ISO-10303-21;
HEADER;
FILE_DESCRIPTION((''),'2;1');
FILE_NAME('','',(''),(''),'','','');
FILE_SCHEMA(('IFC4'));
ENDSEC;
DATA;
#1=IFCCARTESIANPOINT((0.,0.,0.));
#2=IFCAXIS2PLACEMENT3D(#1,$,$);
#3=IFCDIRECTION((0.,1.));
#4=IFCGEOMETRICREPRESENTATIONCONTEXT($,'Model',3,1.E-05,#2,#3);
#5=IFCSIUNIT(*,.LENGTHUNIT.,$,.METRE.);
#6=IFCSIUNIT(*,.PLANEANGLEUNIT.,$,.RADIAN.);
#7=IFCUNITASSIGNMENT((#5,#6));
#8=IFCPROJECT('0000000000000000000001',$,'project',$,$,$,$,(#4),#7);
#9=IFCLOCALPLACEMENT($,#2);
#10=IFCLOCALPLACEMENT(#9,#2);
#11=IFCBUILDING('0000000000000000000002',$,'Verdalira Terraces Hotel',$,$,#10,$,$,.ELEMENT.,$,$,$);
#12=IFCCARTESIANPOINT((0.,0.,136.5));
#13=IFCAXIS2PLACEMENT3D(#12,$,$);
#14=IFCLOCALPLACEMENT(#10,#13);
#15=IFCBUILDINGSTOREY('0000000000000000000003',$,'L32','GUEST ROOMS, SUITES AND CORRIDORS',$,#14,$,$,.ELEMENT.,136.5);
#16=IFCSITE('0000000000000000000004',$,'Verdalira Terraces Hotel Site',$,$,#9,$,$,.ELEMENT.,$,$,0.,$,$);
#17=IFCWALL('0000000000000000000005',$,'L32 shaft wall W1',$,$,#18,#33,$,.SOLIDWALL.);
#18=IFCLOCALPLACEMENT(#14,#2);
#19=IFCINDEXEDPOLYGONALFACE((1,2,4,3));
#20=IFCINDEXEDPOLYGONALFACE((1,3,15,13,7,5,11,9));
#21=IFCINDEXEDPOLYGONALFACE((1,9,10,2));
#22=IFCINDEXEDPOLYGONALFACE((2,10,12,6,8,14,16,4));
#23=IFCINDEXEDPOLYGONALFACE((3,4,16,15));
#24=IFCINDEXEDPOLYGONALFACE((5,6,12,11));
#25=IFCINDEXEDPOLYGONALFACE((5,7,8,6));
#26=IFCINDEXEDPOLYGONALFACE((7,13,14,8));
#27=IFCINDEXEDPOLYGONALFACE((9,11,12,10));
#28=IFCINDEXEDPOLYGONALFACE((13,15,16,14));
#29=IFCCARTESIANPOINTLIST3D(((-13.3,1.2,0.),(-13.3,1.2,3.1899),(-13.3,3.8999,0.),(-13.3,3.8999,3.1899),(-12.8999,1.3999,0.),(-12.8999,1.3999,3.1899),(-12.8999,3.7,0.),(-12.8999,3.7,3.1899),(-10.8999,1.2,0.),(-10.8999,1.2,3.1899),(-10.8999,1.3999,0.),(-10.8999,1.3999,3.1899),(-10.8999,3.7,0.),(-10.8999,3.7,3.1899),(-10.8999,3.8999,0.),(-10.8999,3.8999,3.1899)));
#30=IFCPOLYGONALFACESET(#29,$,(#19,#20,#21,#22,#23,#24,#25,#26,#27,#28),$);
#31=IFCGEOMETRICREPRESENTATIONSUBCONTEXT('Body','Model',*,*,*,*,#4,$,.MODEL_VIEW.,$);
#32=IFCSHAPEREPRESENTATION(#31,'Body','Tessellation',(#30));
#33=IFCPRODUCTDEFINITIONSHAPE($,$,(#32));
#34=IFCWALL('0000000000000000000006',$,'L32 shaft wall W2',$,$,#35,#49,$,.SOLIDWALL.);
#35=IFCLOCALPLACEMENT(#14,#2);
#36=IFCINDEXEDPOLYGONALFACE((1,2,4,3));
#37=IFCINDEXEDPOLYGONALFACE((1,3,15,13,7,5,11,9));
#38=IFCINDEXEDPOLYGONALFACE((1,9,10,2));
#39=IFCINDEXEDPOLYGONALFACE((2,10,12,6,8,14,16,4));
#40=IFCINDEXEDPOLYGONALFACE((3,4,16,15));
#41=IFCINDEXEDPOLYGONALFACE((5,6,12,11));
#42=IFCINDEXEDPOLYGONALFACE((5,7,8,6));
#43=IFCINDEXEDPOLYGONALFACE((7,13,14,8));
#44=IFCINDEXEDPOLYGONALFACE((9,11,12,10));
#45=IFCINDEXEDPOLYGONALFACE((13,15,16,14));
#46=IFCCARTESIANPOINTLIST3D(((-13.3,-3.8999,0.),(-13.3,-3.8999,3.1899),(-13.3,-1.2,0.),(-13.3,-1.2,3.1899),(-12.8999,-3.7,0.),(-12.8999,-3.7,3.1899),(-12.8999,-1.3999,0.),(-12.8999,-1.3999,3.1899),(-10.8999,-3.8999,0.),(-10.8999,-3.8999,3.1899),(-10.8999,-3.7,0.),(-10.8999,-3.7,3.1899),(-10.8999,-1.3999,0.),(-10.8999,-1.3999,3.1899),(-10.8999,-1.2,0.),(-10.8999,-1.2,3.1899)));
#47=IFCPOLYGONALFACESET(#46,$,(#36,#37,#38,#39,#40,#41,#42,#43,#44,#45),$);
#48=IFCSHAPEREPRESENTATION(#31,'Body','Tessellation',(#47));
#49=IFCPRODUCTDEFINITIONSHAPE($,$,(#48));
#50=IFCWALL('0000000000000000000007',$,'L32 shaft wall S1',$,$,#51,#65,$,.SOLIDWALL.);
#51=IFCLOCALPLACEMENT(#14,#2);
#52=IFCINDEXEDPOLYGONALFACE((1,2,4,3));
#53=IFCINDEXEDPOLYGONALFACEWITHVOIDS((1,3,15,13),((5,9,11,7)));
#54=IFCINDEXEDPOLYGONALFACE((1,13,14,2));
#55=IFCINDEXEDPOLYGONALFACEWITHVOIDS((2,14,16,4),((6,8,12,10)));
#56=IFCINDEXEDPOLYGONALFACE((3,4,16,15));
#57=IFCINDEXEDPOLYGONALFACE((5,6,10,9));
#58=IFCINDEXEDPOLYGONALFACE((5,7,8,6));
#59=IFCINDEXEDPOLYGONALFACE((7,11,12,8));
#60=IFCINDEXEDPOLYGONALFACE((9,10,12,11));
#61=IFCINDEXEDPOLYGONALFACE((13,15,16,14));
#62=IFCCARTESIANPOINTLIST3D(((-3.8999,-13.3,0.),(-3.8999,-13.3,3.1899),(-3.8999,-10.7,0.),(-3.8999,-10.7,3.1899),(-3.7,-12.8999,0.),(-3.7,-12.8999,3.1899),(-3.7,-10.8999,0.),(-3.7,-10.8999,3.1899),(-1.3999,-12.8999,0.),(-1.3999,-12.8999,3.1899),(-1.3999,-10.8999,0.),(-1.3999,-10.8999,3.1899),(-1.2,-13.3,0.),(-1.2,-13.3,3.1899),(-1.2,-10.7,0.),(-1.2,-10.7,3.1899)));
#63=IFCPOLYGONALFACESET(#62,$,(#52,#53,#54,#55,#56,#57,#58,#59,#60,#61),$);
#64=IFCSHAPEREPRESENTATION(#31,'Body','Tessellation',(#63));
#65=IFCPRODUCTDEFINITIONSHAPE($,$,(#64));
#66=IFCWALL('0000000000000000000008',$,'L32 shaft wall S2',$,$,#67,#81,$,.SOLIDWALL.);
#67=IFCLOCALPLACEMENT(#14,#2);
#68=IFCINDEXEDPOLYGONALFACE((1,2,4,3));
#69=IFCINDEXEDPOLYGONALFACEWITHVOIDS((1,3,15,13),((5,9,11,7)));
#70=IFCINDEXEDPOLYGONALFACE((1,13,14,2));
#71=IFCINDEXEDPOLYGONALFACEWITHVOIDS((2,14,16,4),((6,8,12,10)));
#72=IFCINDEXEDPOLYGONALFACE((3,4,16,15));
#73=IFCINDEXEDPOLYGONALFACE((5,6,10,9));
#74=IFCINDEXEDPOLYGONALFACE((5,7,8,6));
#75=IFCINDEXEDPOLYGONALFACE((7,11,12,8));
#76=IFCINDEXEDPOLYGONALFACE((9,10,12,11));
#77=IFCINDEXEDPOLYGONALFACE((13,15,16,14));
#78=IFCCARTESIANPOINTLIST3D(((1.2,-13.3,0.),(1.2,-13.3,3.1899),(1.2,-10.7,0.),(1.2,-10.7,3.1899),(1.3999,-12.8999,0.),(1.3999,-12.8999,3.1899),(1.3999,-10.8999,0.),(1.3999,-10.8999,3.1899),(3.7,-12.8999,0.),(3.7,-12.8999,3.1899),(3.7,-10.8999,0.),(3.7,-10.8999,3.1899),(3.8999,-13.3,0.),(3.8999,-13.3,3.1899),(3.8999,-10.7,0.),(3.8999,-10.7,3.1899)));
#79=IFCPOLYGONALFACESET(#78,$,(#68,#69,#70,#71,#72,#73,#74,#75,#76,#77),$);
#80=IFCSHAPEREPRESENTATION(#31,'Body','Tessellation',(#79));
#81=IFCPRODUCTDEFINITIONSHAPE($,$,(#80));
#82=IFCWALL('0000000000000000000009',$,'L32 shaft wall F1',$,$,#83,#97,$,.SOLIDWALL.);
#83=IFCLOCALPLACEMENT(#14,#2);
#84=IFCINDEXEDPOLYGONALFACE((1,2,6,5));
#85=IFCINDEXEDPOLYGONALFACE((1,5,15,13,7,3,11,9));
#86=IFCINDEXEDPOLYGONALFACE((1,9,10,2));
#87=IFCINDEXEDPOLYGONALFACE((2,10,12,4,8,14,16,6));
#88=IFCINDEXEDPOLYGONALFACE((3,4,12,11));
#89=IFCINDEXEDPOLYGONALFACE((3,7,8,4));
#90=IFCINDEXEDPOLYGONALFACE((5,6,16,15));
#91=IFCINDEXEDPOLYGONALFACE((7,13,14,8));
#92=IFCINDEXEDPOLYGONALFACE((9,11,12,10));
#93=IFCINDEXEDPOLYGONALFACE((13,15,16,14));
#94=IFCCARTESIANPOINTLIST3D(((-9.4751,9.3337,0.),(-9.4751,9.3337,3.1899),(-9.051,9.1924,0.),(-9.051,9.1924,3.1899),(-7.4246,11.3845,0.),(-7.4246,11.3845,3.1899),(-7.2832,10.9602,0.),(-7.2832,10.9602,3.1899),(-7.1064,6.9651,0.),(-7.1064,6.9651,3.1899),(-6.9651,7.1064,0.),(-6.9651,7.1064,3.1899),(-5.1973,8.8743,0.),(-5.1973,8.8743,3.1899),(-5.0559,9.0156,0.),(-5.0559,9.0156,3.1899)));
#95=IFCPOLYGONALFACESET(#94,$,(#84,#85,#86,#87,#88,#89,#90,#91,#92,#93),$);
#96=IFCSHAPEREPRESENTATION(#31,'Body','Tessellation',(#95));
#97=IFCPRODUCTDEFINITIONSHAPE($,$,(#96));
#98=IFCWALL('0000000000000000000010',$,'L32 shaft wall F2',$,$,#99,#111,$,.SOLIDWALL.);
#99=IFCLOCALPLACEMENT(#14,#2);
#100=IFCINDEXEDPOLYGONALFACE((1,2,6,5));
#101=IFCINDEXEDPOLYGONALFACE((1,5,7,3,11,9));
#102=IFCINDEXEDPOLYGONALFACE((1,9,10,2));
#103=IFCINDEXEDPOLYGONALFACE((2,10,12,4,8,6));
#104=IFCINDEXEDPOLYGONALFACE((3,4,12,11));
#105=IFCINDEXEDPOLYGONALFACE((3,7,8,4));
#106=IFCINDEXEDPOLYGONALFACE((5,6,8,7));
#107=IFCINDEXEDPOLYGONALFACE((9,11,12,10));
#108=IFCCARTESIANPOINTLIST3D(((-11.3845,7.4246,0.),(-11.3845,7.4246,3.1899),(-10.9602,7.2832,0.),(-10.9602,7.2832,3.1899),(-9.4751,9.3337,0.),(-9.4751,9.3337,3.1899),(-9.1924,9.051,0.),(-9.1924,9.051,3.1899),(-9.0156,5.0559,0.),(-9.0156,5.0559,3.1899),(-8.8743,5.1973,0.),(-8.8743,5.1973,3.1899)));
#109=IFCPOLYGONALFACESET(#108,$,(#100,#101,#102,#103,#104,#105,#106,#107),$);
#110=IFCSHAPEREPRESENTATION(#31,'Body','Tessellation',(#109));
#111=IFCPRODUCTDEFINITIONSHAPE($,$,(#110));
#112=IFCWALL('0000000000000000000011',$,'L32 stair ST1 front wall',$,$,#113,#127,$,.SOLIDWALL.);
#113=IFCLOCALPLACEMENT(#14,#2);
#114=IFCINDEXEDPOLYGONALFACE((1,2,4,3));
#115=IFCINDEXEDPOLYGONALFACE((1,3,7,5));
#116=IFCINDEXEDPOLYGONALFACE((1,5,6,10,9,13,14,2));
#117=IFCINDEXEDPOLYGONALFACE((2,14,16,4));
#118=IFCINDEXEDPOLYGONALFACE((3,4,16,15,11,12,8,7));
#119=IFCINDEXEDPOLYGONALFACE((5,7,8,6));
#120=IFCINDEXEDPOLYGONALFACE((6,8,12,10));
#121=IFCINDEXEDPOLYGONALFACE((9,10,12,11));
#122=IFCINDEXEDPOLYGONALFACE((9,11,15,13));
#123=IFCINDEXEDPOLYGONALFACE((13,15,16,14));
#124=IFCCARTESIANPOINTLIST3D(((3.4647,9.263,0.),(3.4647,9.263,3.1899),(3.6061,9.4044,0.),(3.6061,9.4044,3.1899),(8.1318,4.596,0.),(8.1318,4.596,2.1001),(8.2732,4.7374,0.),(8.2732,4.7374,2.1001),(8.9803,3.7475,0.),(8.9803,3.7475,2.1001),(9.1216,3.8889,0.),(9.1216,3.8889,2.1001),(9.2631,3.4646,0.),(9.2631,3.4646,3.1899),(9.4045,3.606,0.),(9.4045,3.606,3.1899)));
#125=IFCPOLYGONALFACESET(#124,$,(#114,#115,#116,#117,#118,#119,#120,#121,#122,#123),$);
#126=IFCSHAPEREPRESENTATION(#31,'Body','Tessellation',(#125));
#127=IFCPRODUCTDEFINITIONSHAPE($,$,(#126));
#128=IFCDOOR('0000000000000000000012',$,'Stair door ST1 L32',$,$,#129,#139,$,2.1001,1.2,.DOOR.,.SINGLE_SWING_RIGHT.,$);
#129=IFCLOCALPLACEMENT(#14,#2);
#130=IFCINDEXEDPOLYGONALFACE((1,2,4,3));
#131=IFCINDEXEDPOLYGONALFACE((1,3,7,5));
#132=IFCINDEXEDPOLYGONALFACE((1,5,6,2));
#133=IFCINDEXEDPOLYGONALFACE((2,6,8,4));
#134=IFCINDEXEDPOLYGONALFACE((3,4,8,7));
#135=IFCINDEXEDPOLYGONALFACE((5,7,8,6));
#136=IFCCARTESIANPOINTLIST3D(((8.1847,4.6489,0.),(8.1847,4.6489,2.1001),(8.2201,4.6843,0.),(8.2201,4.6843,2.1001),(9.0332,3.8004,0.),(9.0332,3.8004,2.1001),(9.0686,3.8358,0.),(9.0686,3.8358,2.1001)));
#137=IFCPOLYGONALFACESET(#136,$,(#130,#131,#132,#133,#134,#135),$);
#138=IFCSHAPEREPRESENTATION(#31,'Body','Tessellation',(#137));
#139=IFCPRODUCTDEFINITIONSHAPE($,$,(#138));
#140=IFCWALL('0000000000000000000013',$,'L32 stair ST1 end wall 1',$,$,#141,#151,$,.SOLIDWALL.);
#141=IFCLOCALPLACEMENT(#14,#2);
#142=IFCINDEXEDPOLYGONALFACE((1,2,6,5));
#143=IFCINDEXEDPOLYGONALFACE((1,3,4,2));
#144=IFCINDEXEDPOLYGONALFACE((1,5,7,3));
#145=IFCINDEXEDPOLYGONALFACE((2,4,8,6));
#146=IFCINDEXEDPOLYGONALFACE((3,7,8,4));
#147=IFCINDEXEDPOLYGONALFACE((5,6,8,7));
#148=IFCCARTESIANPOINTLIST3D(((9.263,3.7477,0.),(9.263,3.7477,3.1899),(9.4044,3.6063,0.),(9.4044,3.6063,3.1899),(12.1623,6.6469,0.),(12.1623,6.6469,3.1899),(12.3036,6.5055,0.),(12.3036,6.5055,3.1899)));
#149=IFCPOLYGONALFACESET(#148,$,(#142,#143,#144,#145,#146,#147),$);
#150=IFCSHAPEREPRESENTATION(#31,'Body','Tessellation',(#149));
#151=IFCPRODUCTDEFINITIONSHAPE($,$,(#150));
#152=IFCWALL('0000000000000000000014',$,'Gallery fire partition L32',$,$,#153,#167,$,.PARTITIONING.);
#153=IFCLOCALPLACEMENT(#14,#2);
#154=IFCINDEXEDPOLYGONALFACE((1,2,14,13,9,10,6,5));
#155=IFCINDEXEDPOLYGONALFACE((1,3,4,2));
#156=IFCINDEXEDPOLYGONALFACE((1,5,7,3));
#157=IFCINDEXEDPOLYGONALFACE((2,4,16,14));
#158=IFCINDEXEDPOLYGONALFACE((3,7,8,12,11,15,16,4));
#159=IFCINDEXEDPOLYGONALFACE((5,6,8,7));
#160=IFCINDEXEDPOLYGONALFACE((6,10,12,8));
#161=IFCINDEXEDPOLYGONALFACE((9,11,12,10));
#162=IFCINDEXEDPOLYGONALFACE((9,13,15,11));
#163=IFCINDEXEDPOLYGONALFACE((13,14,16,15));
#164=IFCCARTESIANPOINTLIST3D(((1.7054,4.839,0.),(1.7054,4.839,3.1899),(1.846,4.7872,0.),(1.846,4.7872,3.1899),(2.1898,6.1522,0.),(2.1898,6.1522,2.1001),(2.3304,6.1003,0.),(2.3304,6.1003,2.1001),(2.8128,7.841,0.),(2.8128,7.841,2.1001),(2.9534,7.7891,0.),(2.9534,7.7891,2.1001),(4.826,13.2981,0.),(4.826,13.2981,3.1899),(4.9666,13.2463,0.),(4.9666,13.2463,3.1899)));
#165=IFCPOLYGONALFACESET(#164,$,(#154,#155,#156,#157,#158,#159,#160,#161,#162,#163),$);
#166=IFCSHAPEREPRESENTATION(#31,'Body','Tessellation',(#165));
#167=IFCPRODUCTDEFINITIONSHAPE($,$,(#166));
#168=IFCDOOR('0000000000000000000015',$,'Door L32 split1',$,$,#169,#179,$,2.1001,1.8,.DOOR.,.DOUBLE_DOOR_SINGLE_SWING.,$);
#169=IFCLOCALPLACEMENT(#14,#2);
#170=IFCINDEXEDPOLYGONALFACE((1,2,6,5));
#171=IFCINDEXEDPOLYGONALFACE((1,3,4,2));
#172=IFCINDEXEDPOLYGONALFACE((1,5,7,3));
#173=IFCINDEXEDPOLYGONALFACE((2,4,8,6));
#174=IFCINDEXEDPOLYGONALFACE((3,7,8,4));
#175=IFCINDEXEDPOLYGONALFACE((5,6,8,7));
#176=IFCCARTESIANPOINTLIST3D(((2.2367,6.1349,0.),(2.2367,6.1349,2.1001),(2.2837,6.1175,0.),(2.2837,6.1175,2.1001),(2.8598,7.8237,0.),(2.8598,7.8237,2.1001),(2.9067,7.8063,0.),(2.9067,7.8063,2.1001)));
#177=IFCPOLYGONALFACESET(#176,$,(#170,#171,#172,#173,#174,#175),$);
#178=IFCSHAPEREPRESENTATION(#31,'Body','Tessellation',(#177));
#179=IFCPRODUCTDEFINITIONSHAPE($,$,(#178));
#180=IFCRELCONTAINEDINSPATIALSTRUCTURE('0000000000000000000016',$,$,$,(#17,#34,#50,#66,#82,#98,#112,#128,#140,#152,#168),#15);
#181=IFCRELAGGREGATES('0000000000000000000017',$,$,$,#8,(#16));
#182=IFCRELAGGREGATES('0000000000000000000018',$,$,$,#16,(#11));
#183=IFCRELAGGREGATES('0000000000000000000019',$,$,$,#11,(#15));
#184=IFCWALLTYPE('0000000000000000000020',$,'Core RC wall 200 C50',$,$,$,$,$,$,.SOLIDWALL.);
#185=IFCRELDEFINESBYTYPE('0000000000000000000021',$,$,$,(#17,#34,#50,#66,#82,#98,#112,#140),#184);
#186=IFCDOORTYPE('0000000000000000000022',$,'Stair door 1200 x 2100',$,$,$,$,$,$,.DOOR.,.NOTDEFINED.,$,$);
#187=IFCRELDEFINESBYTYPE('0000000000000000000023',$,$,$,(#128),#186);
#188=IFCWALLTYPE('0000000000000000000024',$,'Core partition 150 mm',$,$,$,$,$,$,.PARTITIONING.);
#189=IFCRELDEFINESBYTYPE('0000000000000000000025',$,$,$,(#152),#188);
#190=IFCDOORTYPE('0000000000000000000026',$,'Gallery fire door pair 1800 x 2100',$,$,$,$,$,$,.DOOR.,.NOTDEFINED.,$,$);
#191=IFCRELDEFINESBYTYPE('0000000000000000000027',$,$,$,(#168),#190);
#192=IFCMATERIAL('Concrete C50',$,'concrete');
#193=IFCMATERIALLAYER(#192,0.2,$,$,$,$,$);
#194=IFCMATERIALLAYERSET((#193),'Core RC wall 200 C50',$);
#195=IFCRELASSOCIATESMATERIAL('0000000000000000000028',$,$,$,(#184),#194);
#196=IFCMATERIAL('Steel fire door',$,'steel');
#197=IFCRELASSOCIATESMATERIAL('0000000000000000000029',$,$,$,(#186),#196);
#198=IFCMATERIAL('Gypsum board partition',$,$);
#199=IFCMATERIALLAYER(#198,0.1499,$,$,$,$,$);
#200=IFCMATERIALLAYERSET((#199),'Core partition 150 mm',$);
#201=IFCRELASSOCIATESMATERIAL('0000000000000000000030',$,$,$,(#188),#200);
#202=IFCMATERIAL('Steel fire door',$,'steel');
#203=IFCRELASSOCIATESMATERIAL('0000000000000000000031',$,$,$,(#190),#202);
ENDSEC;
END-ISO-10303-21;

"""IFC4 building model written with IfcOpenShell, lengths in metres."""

from ifc_helpers import new_model, si_unit, direction, frame, frame_2d, origin, place, context, subcontext, project, spatial, polyline, rectangle, outline, extrude, material, layer, layer_set, type_object, element, fill, save


model = new_model("IFC4")

# Units and contexts
model_context = context("Model", 3, precision=1e-05, world=origin(), true_north=direction((0.0, 1.0)))
body_context = subcontext(model_context, "Body", "Model", "MODEL_VIEW")
ifc_project = project(units=[si_unit("LENGTHUNIT", "METRE"), si_unit("PLANEANGLEUNIT", "RADIAN")], contexts=[model_context])

# Site, building, storey
site_placement = place(None, origin())
site = spatial("IfcSite", under=ifc_project, at=site_placement, Name="Verdalira Terraces Hotel Site", CompositionType="ELEMENT", RefElevation=0.0)
building_placement = place(site_placement, origin())
building = spatial("IfcBuilding", under=site, at=building_placement, Name="Verdalira Terraces Hotel", CompositionType="ELEMENT")
storey_placement = place(building_placement, frame((0.0, 0.0, 136.5)))
storey = spatial("IfcBuildingStorey", under=building, at=storey_placement, Name="L32", Description="GUEST ROOMS, SUITES AND CORRIDORS", CompositionType="ELEMENT", Elevation=136.5)

# Shared definitions
ifc_material_1 = material(Name="Concrete C50", Category="concrete")
ifc_layer_1 = layer(ifc_material_1, 0.2)
ifc_layer_set_1 = layer_set([ifc_layer_1], Name="Core RC wall 200 C50")
wall_type_1 = type_object("IfcWallType", Name="Core RC wall 200 C50", PredefinedType="SOLIDWALL", material=ifc_layer_set_1)

# Walls
wall_1_placement = place(storey_placement, origin())
element("IfcWall", 1, at=wall_1_placement, inside=storey, type_object=wall_type_1, Name="L32 shaft wall W1", PredefinedType="SOLIDWALL", context=body_context, shape_type="SweptSolid", body=[
    extrude(outline(polyline([(-13.3, 3.8999), (-10.8999, 3.8999), (-10.8999, 3.7), (-12.8999, 3.7), (-12.8999, 1.3999), (-10.8999, 1.3999), (-10.8999, 1.2), (-13.3, 1.2), (-13.3, 3.8999)])), origin(), (0.0, 0.0, 1.0), 3.1899),
])
wall_2_placement = place(storey_placement, origin())
element("IfcWall", 2, at=wall_2_placement, inside=storey, type_object=wall_type_1, Name="L32 shaft wall W2", PredefinedType="SOLIDWALL", context=body_context, shape_type="SweptSolid", body=[
    extrude(outline(polyline([(-13.3, -3.8999), (-13.3, -1.2), (-10.8999, -1.2), (-10.8999, -1.3999), (-12.8999, -1.3999), (-12.8999, -3.7), (-10.8999, -3.7), (-10.8999, -3.8999), (-13.3, -3.8999)])), origin(), (0.0, 0.0, 1.0), 3.1899),
])
wall_3_placement = place(storey_placement, origin())
element("IfcWall", 3, at=wall_3_placement, inside=storey, type_object=wall_type_1, Name="L32 shaft wall S1", PredefinedType="SOLIDWALL", context=body_context, shape_type="SweptSolid", body=[
    extrude(outline(polyline([(-1.2, -13.3), (-3.8999, -13.3), (-3.8999, -10.7), (-1.2, -10.7), (-1.2, -13.3)]), holes=[polyline([(-3.7, -10.8999), (-3.7, -12.8999), (-1.3999, -12.8999), (-1.3999, -10.8999), (-3.7, -10.8999)])]), origin(), (0.0, 0.0, 1.0), 3.1899),
])
wall_4_placement = place(storey_placement, origin())
element("IfcWall", 4, at=wall_4_placement, inside=storey, type_object=wall_type_1, Name="L32 shaft wall S2", PredefinedType="SOLIDWALL", context=body_context, shape_type="SweptSolid", body=[
    extrude(outline(polyline([(3.8999, -10.7), (3.8999, -13.3), (1.2, -13.3), (1.2, -10.7), (3.8999, -10.7)]), holes=[polyline([(1.3999, -12.8999), (3.7, -12.8999), (3.7, -10.8999), (1.3999, -10.8999), (1.3999, -12.8999)])]), origin(), (0.0, 0.0, 1.0), 3.1899),
])
wall_5_placement = place(storey_placement, origin())
element("IfcWall", 5, at=wall_5_placement, inside=storey, type_object=wall_type_1, Name="L32 shaft wall F1", PredefinedType="SOLIDWALL", context=body_context, shape_type="SweptSolid", body=[
    extrude(outline(polyline([(-9.4751, 9.3337), (-7.4246, 11.3845), (-5.0559, 9.0156), (-5.1973, 8.8743), (-7.2832, 10.9602), (-9.051, 9.1924), (-6.9651, 7.1064), (-7.1064, 6.9651), (-9.4751, 9.3337)])), origin(), (0.0, 0.0, 1.0), 3.1899),
])
wall_6_placement = place(storey_placement, origin())
element("IfcWall", 6, at=wall_6_placement, inside=storey, type_object=wall_type_1, Name="L32 shaft wall F2", PredefinedType="SOLIDWALL", context=body_context, shape_type="SweptSolid", body=[
    extrude(outline(polyline([(-11.3845, 7.4246), (-9.4751, 9.3337), (-9.1924, 9.051), (-10.9602, 7.2832), (-8.8743, 5.1973), (-9.0156, 5.0559), (-11.3845, 7.4246)])), origin(), (0.0, 0.0, 1.0), 3.1899),
])

# Wall, opening, door
wall_7_placement = place(storey_placement, frame((3.5354, 9.3337, 0.0), z_axis=(0.0, 0.0, 1.0), x_axis=(0.707107, -0.707107, 0.0)))
wall_7 = element("IfcWall", 7, at=wall_7_placement, inside=storey, type_object=wall_type_1, Name="L32 stair ST1 front wall", PredefinedType="SOLIDWALL", context=body_context, shape_type="SweptSolid", body=[
    extrude(rectangle(XDim=8.2002, YDim=0.2, at=frame_2d((4.1001, 0.0))), origin(), (0.0, 0.0, 1.0), 3.1899),
])
opening_1_placement = place(wall_7_placement, frame((6.6001, 0.0, 0.0)))
opening_1 = element("IfcOpeningElement", 8, at=opening_1_placement, cuts=wall_7, PredefinedType="OPENING", context=body_context, shape_type="SweptSolid", body=[
    extrude(rectangle(XDim=1.2, YDim=2.1001, at=frame_2d((0.6001, 1.05))), frame((0.0, 0.1099, 0.0), z_axis=(0.0, -1.0, 0.0), x_axis=(1.0, 0.0, 0.0)), (0.0, 0.0, 1.0), 0.22),
])
ifc_material_2 = material(Name="Steel fire door", Category="steel")
door_type_1 = type_object("IfcDoorType", Name="Stair door 1200 x 2100", OperationType="NOTDEFINED", PredefinedType="DOOR", material=ifc_material_2)
door_1_placement = place(opening_1_placement, origin())
door_1 = element("IfcDoor", 9, at=door_1_placement, inside=storey, type_object=door_type_1, Name="Stair door ST1 L32", OperationType="SINGLE_SWING_RIGHT", OverallHeight=2.1001, OverallWidth=1.2, PredefinedType="DOOR", context=body_context, shape_type="SweptSolid", body=[
    extrude(rectangle(XDim=1.2, YDim=2.1001, at=frame_2d((0.6001, 1.05))), frame((0.0, 0.0249, 0.0), z_axis=(0.0, -1.0, 0.0), x_axis=(1.0, 0.0, 0.0)), (0.0, 0.0, 1.0), 0.05),
])
fill(opening_1, door_1)

# Wall
wall_8_placement = place(storey_placement, frame((9.3337, 3.677, 0.0), z_axis=(0.0, 0.0, 1.0), x_axis=(0.707107, 0.707107, 0.0)))
element("IfcWall", 10, at=wall_8_placement, inside=storey, type_object=wall_type_1, Name="L32 stair ST1 end wall 1", PredefinedType="SOLIDWALL", context=body_context, shape_type="SweptSolid", body=[
    extrude(rectangle(XDim=4.1001, YDim=0.2, at=frame_2d((2.05, 0.0))), origin(), (0.0, 0.0, 1.0), 3.1899),
])

# Wall, opening, door
ifc_material_3 = material(Name="Gypsum board partition")
ifc_layer_2 = layer(ifc_material_3, 0.1499)
ifc_layer_set_2 = layer_set([ifc_layer_2], Name="Core partition 150 mm")
wall_type_2 = type_object("IfcWallType", Name="Core partition 150 mm", PredefinedType="PARTITIONING", material=ifc_layer_set_2)
wall_9_placement = place(storey_placement, frame((1.7756, 4.813, 0.0), z_axis=(0.0, 0.0, 1.0), x_axis=(0.346109, 0.938194, 0.0)))
wall_9 = element("IfcWall", 11, at=wall_9_placement, inside=storey, type_object=wall_type_2, Name="Gallery fire partition L32", PredefinedType="PARTITIONING", context=body_context, shape_type="SweptSolid", body=[
    extrude(rectangle(XDim=9.0164, YDim=0.1499, at=frame_2d((4.5083, 0.0))), origin(), (0.0, 0.0, 1.0), 3.1899),
])
opening_2_placement = place(wall_9_placement, frame((1.3999, 0.0, 0.0)))
opening_2 = element("IfcOpeningElement", 12, at=opening_2_placement, cuts=wall_9, PredefinedType="OPENING", context=body_context, shape_type="SweptSolid", body=[
    extrude(rectangle(XDim=1.8, YDim=2.1001, at=frame_2d((0.8999, 1.05))), frame((0.0, 0.085, 0.0), z_axis=(0.0, -1.0, 0.0), x_axis=(1.0, 0.0, 0.0)), (0.0, 0.0, 1.0), 0.1699),
])
ifc_material_4 = material(Name="Steel fire door", Category="steel")
door_type_2 = type_object("IfcDoorType", Name="Gallery fire door pair 1800 x 2100", OperationType="NOTDEFINED", PredefinedType="DOOR", material=ifc_material_4)
door_2_placement = place(opening_2_placement, origin())
door_2 = element("IfcDoor", 13, at=door_2_placement, inside=storey, type_object=door_type_2, Name="Door L32 split1", OperationType="DOUBLE_DOOR_SINGLE_SWING", OverallHeight=2.1001, OverallWidth=1.8, PredefinedType="DOOR", context=body_context, shape_type="SweptSolid", body=[
    extrude(rectangle(XDim=1.8, YDim=2.1001, at=frame_2d((0.8999, 1.05))), frame((0.0, 0.0249, 0.0), z_axis=(0.0, -1.0, 0.0), x_axis=(1.0, 0.0, 0.0)), (0.0, 0.0, 1.0), 0.05),
])
fill(opening_2, door_2)

save(model, "model.ifc")
